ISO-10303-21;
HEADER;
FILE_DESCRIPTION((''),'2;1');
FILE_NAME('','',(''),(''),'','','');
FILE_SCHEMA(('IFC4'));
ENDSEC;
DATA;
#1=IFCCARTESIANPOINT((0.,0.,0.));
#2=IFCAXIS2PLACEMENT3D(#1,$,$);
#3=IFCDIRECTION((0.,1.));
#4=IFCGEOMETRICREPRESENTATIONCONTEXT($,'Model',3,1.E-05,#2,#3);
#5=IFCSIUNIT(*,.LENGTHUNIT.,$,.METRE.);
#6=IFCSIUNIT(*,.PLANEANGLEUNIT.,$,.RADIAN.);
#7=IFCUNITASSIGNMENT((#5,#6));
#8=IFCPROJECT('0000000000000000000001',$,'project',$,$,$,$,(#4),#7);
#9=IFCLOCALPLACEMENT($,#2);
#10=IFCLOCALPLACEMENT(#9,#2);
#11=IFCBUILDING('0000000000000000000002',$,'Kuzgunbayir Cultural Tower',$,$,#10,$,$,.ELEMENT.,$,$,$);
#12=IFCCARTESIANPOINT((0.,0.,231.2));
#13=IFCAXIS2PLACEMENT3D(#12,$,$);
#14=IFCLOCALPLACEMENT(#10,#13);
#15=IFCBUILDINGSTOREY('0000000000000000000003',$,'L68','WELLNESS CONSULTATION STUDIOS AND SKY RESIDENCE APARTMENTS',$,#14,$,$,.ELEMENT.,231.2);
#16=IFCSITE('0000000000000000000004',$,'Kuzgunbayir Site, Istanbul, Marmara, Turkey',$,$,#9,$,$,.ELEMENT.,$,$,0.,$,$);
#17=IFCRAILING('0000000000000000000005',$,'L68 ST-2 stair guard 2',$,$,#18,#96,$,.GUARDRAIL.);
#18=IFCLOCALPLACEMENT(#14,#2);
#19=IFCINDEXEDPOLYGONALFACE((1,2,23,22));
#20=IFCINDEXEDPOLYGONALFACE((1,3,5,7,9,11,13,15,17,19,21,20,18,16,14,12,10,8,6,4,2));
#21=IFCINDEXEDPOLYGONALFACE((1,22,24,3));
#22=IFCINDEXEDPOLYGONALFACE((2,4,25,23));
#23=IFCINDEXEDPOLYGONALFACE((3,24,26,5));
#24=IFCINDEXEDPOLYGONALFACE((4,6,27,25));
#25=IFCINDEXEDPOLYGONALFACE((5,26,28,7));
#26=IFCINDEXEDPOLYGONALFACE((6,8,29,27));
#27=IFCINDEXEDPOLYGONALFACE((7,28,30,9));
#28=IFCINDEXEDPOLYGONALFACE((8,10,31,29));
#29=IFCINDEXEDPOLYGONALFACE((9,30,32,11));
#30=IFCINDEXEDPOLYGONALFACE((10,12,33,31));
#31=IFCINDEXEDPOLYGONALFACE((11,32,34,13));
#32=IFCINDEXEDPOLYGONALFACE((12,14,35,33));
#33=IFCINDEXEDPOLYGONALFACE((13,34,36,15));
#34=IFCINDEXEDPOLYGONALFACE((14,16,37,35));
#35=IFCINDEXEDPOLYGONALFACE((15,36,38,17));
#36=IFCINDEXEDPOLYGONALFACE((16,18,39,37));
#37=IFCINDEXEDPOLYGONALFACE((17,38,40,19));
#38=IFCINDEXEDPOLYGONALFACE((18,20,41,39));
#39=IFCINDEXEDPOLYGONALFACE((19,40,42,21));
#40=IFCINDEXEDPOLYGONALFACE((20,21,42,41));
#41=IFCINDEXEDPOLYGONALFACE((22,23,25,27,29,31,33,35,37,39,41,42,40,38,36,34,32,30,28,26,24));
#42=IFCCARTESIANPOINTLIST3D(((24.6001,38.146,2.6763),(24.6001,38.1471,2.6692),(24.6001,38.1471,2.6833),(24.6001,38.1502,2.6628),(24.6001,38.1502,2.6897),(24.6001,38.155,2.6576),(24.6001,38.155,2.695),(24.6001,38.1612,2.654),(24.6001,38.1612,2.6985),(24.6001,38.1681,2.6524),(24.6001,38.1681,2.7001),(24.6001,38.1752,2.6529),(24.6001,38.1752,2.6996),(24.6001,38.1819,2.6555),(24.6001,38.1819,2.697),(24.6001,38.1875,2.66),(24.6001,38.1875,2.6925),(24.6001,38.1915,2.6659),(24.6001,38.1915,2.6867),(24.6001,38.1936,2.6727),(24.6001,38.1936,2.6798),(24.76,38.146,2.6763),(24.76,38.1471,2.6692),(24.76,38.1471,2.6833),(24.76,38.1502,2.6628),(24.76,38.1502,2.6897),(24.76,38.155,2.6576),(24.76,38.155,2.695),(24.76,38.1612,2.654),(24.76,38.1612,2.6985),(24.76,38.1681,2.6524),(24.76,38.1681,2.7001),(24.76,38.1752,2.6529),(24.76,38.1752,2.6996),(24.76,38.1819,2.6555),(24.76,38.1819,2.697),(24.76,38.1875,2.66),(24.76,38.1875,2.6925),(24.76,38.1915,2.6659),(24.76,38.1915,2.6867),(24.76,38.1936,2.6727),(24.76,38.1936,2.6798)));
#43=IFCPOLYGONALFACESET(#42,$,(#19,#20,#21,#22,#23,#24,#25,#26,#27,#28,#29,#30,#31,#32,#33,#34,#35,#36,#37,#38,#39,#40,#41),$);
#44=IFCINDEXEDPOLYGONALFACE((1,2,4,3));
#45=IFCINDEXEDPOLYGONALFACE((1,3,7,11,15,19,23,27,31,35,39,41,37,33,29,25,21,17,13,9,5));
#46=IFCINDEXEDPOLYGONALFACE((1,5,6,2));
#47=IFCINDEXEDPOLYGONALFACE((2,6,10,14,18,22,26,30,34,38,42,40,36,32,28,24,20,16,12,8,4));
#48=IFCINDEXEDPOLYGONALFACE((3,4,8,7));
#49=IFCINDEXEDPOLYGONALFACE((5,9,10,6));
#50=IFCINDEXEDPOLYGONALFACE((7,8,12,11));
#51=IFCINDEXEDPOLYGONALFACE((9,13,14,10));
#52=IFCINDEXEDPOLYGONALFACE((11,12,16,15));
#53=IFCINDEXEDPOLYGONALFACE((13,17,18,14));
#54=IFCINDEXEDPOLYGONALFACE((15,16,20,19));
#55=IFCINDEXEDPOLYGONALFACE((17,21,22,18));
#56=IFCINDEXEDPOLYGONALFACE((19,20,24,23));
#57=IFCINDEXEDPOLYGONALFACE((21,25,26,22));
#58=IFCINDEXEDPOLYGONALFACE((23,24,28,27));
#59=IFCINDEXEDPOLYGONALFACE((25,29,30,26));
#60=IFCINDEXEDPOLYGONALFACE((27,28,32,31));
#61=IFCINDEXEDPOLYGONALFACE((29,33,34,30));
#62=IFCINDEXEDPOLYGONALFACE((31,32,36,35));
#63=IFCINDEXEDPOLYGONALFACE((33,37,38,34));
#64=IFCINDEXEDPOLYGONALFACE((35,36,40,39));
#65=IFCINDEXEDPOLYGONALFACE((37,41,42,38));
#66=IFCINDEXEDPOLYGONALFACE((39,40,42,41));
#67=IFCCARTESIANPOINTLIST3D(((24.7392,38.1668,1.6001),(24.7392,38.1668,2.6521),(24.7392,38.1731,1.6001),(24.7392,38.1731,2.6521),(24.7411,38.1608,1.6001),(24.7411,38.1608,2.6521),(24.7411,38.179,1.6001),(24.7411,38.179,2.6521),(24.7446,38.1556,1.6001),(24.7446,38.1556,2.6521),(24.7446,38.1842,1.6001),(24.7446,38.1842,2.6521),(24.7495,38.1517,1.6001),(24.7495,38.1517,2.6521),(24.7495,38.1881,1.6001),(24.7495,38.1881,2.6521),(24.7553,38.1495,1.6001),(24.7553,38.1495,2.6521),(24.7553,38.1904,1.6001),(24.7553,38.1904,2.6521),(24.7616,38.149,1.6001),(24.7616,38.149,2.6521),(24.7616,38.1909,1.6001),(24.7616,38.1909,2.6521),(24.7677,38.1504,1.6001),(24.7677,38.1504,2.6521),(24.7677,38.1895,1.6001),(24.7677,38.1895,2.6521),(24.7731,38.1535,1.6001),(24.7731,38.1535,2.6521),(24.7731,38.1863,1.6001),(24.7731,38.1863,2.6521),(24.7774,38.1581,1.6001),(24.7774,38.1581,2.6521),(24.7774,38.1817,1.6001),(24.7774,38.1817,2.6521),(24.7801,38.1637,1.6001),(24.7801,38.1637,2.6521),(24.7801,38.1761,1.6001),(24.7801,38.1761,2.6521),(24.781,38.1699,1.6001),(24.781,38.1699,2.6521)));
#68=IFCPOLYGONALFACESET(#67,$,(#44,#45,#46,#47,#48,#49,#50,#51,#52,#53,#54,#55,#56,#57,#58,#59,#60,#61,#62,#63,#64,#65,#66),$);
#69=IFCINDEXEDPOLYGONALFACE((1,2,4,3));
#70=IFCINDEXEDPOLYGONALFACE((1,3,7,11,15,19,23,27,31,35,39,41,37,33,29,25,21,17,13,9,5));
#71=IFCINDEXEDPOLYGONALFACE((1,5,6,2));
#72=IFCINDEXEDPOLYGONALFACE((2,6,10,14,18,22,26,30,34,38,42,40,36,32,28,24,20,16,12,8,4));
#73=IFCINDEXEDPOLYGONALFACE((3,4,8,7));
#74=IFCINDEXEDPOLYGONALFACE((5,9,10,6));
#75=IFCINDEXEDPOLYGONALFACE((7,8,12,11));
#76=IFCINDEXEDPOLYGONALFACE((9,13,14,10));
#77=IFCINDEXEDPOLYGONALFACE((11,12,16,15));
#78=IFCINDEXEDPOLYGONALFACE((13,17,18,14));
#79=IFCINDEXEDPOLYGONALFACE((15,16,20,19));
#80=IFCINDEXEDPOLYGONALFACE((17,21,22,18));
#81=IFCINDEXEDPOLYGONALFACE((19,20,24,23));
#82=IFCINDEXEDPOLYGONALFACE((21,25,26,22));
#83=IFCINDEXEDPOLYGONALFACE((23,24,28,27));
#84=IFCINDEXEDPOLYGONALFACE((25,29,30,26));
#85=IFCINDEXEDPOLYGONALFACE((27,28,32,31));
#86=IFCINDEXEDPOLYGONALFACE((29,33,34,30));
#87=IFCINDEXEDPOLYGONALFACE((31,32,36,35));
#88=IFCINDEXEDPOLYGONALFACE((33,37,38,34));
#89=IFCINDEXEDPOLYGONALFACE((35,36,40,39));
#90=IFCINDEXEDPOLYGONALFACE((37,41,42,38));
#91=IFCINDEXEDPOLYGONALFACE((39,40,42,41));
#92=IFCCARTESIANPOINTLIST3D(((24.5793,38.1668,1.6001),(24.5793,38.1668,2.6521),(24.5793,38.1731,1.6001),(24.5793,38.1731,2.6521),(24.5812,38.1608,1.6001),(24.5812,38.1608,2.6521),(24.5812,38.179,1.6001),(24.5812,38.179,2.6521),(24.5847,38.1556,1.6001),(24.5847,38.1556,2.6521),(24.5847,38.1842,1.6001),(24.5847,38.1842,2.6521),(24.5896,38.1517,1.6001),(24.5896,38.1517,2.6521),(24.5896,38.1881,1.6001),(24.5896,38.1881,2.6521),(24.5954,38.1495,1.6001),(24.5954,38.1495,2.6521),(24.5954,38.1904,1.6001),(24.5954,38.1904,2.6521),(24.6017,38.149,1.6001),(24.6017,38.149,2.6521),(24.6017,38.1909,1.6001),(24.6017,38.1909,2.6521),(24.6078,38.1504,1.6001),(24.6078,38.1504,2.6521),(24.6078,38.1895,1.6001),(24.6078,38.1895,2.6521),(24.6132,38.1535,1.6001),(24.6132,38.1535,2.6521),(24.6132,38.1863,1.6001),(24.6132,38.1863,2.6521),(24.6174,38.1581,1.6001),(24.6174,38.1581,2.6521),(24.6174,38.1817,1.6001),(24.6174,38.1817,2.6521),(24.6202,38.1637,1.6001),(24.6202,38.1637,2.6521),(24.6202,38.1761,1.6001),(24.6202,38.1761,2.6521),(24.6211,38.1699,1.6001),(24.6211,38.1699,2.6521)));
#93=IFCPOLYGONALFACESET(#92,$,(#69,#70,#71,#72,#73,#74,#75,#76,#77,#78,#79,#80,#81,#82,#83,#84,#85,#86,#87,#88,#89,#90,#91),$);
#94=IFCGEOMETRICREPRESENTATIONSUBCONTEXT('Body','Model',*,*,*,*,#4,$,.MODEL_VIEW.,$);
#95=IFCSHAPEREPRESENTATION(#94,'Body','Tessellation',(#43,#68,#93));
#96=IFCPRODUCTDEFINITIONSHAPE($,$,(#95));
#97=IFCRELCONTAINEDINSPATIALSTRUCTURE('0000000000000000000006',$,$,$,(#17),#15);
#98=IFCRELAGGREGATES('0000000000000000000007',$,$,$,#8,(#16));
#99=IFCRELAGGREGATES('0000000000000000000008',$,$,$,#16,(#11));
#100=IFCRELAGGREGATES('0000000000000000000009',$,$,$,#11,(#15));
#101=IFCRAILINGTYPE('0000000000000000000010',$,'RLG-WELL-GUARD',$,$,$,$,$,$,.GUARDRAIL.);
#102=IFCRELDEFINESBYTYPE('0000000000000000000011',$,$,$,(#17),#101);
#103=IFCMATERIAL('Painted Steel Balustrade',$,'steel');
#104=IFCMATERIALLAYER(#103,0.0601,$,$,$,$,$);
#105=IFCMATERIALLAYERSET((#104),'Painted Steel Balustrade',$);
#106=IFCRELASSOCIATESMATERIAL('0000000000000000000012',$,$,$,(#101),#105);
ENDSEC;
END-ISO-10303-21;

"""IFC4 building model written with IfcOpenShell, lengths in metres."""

from ifc_helpers import new_model, si_unit, direction, frame, origin, origin_2d, place, context, subcontext, project, spatial, circle, extrude, material, layer, layer_set, type_object, element, save


model = new_model("IFC4")

# Units and contexts
model_context = context("Model", 3, precision=1e-05, world=origin(), true_north=direction((0.0, 1.0)))
body_context = subcontext(model_context, "Body", "Model", "MODEL_VIEW")
ifc_project = project(units=[si_unit("LENGTHUNIT", "METRE"), si_unit("PLANEANGLEUNIT", "RADIAN")], contexts=[model_context])

# Site, building, storey
site_placement = place(None, origin())
site = spatial("IfcSite", under=ifc_project, at=site_placement, Name="Kuzgunbayir Site, Istanbul, Marmara, Turkey", CompositionType="ELEMENT", RefElevation=0.0)
building_placement = place(site_placement, origin())
building = spatial("IfcBuilding", under=site, at=building_placement, Name="Kuzgunbayir Cultural Tower", CompositionType="ELEMENT")
storey_placement = place(building_placement, frame((0.0, 0.0, 231.2)))
storey = spatial("IfcBuildingStorey", under=building, at=storey_placement, Name="L68", Description="WELLNESS CONSULTATION STUDIOS AND SKY RESIDENCE APARTMENTS", CompositionType="ELEMENT", Elevation=231.2)

# Railing
ifc_material_1 = material(Name="Painted Steel Balustrade", Category="steel")
ifc_layer_1 = layer(ifc_material_1, 0.0601)
ifc_layer_set_1 = layer_set([ifc_layer_1], Name="Painted Steel Balustrade")
railing_type_1 = type_object("IfcRailingType", Name="RLG-WELL-GUARD", PredefinedType="GUARDRAIL", material=ifc_layer_set_1)
railing_1_placement = place(storey_placement, frame((24.76, 38.1699, 1.6001)))
element("IfcRailing", 1, at=railing_1_placement, inside=storey, type_object=railing_type_1, Name="L68 ST-2 stair guard 2", PredefinedType="GUARDRAIL", context=body_context, shape_type="SweptSolid", body=[
    extrude(circle(Radius=0.0239, at=origin_2d()), frame((0.0, 0.0, 1.0762), z_axis=(-1.0, 0.0, 0.0), x_axis=(0.0, -1.0, 0.0)), (0.0, 0.0, 1.0), 0.1599),
    extrude(circle(Radius=0.021, at=origin_2d()), origin(), (0.0, 0.0, 1.0), 1.052),
    extrude(circle(Radius=0.021, at=origin_2d()), frame((-0.1599, 0.0, 0.0)), (0.0, 0.0, 1.0), 1.052),
])

save(model, "model.ifc")
